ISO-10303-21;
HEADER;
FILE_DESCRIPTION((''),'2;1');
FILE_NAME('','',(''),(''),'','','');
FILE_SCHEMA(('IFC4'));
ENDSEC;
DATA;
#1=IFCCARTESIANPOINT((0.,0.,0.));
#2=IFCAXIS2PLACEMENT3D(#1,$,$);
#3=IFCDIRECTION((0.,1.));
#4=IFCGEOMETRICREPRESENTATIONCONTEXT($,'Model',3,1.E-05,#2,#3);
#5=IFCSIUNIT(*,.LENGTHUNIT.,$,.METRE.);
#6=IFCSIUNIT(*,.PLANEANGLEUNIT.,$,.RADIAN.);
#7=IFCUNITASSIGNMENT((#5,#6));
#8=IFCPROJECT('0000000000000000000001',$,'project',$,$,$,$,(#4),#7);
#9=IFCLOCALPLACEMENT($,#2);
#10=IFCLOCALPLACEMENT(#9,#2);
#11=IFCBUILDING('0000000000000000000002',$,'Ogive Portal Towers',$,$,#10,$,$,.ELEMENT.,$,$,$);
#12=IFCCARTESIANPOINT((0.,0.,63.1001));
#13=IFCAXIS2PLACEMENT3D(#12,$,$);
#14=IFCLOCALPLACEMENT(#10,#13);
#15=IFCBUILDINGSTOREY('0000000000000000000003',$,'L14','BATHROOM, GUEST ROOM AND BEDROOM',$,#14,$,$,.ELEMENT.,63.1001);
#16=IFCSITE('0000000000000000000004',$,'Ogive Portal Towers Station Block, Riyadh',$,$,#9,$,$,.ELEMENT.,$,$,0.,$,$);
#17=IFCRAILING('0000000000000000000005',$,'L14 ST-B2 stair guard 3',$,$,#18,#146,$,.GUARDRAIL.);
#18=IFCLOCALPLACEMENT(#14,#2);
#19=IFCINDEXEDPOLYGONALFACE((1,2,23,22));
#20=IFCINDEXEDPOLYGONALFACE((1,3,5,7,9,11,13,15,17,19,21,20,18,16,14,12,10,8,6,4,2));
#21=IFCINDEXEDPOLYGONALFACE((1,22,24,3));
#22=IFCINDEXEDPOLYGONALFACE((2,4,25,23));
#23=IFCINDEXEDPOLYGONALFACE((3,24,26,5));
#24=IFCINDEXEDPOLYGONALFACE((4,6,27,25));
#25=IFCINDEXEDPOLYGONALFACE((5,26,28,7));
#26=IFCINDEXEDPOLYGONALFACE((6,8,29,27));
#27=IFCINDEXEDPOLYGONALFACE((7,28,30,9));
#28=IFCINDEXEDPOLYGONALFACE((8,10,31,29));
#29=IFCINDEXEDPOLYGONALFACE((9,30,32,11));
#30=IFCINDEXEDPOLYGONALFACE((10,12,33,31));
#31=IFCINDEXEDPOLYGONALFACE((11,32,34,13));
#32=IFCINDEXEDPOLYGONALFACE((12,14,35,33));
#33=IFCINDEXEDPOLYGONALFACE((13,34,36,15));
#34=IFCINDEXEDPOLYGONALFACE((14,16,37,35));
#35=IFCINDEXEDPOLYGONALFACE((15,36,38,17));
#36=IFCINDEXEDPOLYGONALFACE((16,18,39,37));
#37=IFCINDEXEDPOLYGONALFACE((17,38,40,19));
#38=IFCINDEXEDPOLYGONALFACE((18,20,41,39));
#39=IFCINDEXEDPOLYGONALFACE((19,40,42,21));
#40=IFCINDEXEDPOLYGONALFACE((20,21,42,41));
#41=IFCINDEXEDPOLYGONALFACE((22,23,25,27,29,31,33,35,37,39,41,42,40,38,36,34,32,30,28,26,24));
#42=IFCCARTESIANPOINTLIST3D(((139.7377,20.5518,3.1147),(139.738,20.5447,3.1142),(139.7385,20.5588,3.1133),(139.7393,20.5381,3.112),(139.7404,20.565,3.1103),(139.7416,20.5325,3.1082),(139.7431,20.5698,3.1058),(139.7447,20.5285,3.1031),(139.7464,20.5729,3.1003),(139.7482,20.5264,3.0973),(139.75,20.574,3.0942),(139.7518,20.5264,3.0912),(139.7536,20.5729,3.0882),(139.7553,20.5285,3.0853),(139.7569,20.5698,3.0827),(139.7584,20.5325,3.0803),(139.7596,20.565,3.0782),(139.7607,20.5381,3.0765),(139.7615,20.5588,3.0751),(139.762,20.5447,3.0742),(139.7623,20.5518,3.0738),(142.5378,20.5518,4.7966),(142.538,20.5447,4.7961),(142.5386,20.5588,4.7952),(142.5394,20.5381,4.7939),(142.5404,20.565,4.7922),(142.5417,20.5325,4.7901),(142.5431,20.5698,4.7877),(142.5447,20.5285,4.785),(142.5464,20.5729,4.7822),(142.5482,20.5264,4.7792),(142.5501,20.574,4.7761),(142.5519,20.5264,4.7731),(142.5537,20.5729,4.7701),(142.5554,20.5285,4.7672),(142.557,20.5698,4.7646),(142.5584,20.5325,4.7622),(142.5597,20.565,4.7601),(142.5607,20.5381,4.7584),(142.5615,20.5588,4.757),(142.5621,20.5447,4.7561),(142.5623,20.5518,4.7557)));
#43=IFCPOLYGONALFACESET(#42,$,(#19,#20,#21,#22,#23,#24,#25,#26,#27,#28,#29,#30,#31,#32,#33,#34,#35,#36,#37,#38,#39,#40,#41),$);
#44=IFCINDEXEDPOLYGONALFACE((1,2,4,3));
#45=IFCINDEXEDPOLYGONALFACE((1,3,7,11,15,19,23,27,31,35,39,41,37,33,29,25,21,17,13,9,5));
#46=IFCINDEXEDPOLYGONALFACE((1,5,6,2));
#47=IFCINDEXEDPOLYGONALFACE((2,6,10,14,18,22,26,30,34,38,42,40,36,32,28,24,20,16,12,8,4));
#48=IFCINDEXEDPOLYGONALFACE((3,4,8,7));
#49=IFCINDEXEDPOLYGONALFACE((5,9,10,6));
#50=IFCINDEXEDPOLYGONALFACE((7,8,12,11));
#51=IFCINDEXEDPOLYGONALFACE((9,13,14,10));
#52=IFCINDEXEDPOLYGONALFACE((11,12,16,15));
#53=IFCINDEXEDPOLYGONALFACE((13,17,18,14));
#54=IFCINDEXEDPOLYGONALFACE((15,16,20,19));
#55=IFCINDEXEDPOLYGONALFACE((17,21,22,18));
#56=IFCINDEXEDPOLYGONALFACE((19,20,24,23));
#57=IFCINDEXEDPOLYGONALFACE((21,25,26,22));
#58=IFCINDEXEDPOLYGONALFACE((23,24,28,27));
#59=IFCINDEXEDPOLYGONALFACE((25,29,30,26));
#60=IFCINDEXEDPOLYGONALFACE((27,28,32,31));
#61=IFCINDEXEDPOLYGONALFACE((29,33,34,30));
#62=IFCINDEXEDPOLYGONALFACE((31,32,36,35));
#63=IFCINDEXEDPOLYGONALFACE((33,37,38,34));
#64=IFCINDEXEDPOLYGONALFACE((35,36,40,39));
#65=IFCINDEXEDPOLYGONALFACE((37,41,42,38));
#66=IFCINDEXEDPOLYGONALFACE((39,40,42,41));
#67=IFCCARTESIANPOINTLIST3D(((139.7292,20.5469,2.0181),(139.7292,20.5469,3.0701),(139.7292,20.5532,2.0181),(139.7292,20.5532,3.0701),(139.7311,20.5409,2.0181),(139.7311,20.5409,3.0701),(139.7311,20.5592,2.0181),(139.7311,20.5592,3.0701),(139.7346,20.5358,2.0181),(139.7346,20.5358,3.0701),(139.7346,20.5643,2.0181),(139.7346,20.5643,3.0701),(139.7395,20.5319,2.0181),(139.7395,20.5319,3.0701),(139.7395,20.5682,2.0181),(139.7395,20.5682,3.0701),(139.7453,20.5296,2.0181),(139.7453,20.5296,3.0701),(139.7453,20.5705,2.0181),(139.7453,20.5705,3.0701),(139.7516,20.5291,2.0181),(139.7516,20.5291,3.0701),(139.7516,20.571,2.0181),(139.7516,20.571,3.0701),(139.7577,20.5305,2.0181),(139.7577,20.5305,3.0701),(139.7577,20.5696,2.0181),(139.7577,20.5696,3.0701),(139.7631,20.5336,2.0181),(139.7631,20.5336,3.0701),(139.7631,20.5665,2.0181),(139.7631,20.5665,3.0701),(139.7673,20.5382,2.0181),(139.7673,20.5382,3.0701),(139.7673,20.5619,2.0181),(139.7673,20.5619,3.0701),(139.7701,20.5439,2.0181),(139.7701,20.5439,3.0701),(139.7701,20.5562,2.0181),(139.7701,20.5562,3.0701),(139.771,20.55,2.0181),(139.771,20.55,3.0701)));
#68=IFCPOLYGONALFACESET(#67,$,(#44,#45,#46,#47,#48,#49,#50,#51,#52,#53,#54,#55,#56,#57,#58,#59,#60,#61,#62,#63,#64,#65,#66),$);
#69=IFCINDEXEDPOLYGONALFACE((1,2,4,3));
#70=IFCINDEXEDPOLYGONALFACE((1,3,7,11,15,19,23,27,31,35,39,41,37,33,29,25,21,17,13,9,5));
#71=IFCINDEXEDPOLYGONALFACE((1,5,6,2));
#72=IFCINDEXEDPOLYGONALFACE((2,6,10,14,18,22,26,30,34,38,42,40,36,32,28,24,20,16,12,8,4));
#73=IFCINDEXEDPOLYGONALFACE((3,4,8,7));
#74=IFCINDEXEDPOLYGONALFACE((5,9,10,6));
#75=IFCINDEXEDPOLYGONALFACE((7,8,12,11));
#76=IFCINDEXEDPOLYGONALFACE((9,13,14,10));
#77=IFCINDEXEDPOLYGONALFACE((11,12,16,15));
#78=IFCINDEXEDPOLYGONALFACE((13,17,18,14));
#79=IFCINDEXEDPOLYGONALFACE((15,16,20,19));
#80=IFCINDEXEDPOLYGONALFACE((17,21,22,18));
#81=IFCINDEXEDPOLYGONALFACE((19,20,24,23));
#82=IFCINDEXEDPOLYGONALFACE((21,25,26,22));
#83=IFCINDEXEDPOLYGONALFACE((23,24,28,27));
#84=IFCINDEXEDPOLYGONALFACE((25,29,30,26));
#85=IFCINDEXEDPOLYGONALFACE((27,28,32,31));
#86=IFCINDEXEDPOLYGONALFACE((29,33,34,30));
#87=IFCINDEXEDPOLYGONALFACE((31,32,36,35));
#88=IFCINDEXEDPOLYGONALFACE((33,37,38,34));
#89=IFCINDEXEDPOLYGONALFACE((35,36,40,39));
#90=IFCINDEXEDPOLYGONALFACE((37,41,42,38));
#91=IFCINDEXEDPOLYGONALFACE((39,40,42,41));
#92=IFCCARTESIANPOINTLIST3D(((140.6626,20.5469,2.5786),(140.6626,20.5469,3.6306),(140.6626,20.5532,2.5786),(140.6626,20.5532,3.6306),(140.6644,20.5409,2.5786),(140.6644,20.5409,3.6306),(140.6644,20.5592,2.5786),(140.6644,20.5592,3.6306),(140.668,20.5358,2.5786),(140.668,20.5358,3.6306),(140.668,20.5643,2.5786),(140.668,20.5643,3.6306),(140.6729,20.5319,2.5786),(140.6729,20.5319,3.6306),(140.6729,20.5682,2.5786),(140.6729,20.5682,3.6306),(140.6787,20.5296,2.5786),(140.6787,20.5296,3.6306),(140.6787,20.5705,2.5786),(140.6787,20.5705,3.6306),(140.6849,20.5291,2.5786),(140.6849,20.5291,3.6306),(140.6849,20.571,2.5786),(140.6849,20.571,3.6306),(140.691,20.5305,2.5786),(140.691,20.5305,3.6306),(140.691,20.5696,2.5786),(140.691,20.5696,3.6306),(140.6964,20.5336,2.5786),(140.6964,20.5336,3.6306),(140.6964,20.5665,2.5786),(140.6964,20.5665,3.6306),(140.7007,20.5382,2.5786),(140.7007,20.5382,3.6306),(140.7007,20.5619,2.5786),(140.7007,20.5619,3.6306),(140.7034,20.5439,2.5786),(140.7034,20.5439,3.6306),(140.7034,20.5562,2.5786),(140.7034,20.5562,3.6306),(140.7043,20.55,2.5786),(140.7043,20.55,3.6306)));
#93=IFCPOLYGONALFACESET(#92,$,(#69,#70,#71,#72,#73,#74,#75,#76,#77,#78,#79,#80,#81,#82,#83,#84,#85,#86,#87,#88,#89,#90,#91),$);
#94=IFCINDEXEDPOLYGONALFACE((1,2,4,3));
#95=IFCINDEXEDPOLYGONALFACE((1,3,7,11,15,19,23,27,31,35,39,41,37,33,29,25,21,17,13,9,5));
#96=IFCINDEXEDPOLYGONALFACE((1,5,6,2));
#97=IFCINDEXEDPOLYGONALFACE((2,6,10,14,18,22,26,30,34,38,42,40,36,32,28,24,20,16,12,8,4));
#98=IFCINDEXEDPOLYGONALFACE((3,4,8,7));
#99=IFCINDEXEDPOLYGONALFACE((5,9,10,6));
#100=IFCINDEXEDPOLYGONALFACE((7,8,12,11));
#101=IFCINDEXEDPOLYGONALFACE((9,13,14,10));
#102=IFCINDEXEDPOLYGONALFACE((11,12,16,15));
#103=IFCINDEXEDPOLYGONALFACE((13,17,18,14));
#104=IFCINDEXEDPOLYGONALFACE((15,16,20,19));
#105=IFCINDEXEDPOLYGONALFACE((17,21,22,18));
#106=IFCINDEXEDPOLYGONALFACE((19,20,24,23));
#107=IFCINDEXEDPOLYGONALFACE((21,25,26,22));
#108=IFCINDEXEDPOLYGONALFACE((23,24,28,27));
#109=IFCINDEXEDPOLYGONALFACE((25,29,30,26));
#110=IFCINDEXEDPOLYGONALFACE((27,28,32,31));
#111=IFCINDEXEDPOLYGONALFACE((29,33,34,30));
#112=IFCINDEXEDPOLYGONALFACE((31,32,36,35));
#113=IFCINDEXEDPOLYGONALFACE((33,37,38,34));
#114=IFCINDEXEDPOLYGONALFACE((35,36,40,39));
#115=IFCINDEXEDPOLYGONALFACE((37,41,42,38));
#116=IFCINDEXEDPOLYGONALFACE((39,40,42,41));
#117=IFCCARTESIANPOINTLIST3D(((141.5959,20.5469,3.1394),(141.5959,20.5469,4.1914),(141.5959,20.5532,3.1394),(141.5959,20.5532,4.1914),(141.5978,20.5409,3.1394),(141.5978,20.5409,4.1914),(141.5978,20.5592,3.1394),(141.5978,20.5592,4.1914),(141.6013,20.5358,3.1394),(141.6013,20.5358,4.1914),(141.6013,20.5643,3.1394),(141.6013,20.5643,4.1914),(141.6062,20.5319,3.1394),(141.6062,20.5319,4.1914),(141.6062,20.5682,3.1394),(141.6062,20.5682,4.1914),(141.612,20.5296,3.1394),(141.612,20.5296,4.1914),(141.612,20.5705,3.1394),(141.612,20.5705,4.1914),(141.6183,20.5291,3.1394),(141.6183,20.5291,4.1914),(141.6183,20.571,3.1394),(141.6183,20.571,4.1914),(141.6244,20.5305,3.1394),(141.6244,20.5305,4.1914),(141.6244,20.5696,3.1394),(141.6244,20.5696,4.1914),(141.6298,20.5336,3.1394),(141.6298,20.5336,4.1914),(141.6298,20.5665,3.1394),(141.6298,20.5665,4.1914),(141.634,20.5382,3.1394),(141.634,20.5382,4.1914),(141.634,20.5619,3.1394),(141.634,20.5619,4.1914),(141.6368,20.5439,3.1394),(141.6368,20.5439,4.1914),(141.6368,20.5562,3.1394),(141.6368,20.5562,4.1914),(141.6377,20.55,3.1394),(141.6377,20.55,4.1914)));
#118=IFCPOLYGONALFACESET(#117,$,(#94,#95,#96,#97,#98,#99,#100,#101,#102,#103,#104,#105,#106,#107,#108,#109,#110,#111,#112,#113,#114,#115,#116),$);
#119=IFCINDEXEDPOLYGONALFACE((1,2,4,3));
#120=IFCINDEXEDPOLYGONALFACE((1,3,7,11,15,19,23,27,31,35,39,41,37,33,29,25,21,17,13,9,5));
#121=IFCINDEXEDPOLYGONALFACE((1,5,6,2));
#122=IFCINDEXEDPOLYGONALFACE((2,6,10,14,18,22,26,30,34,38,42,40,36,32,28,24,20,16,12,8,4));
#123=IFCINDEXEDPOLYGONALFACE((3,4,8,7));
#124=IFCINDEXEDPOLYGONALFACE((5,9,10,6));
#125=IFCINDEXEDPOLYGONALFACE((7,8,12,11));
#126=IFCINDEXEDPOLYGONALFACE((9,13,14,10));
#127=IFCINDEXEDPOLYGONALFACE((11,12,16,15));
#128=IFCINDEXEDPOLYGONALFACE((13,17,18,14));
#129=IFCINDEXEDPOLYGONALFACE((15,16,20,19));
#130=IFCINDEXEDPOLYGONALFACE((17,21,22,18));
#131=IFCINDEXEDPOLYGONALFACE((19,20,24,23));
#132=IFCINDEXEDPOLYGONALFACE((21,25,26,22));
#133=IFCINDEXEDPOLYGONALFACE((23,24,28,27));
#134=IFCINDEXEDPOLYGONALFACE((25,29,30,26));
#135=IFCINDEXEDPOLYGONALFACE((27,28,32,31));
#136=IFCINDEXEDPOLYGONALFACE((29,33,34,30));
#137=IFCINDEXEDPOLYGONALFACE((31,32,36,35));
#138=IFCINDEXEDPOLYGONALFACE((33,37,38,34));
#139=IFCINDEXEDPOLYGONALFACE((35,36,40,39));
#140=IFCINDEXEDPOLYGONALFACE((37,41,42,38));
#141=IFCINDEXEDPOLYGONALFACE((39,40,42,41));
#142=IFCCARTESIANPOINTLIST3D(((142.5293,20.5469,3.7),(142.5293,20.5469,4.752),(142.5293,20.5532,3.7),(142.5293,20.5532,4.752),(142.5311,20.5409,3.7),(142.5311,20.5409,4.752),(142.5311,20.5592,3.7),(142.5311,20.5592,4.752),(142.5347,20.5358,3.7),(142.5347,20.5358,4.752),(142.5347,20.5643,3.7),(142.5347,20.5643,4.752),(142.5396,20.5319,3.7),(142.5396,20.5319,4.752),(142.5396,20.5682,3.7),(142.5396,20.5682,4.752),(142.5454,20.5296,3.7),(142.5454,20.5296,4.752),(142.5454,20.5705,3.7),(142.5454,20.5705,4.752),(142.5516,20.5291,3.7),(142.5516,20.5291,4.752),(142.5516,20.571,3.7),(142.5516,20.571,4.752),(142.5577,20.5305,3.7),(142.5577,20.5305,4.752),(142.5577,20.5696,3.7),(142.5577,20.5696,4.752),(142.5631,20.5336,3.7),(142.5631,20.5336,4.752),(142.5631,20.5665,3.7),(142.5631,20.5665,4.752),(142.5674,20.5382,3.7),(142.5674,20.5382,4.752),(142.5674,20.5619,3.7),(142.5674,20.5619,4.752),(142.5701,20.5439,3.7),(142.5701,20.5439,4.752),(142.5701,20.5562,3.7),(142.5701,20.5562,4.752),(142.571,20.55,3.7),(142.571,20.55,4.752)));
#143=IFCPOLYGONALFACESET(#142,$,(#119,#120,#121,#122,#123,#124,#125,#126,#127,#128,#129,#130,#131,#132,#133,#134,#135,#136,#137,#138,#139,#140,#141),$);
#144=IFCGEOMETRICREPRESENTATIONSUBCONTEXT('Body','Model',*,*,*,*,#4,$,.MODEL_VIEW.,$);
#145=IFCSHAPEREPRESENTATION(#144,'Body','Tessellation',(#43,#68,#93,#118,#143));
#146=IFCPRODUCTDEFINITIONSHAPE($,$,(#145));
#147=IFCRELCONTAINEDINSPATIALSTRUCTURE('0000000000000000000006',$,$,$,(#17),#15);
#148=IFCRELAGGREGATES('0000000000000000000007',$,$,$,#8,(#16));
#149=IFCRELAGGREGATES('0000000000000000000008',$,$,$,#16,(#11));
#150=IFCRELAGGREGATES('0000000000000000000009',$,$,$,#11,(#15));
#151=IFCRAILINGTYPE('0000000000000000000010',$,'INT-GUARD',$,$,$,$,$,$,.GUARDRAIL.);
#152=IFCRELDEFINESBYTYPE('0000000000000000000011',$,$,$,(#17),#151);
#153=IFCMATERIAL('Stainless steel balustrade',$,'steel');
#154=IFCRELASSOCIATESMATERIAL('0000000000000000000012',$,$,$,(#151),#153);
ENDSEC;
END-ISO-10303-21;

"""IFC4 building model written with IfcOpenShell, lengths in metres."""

from ifc_helpers import new_model, si_unit, direction, frame, origin, origin_2d, place, context, subcontext, project, spatial, circle, extrude, material, type_object, element, save


model = new_model("IFC4")

# Units and contexts
model_context = context("Model", 3, precision=1e-05, world=origin(), true_north=direction((0.0, 1.0)))
body_context = subcontext(model_context, "Body", "Model", "MODEL_VIEW")
ifc_project = project(units=[si_unit("LENGTHUNIT", "METRE"), si_unit("PLANEANGLEUNIT", "RADIAN")], contexts=[model_context])

# Site, building, storey
site_placement = place(None, origin())
site = spatial("IfcSite", under=ifc_project, at=site_placement, Name="Ogive Portal Towers Station Block, Riyadh", CompositionType="ELEMENT", RefElevation=0.0)
building_placement = place(site_placement, origin())
building = spatial("IfcBuilding", under=site, at=building_placement, Name="Ogive Portal Towers", CompositionType="ELEMENT")
storey_placement = place(building_placement, frame((0.0, 0.0, 63.1001)))
storey = spatial("IfcBuildingStorey", under=building, at=storey_placement, Name="L14", Description="BATHROOM, GUEST ROOM AND BEDROOM", CompositionType="ELEMENT", Elevation=63.1001)

# Railing
ifc_material_1 = material(Name="Stainless steel balustrade", Category="steel")
railing_type_1 = type_object("IfcRailingType", Name="INT-GUARD", PredefinedType="GUARDRAIL", material=ifc_material_1)
railing_1_placement = place(storey_placement, frame((139.75, 20.55, 2.0181)))
element("IfcRailing", 1, at=railing_1_placement, inside=storey, type_object=railing_type_1, Name="L14 ST-B2 stair guard 3", PredefinedType="GUARDRAIL", context=body_context, shape_type="SweptSolid", body=[
    extrude(circle(Radius=0.0239, at=origin_2d()), frame((0.0, 0.0, 1.0762), z_axis=(0.857242, 0.0, 0.514913), x_axis=(0.0, 1.0, 0.0)), (0.0, 0.0, 1.0), 3.2664),
    extrude(circle(Radius=0.021, at=origin_2d()), origin(), (0.0, 0.0, 1.0), 1.052),
    extrude(circle(Radius=0.021, at=origin_2d()), frame((0.9333, 0.0, 0.5605)), (0.0, 0.0, 1.0), 1.052),
    extrude(circle(Radius=0.021, at=origin_2d()), frame((1.8667, 0.0, 1.1213)), (0.0, 0.0, 1.0), 1.052),
    extrude(circle(Radius=0.021, at=origin_2d()), frame((2.8, 0.0, 1.6819)), (0.0, 0.0, 1.0), 1.052),
])

save(model, "model.ifc")
